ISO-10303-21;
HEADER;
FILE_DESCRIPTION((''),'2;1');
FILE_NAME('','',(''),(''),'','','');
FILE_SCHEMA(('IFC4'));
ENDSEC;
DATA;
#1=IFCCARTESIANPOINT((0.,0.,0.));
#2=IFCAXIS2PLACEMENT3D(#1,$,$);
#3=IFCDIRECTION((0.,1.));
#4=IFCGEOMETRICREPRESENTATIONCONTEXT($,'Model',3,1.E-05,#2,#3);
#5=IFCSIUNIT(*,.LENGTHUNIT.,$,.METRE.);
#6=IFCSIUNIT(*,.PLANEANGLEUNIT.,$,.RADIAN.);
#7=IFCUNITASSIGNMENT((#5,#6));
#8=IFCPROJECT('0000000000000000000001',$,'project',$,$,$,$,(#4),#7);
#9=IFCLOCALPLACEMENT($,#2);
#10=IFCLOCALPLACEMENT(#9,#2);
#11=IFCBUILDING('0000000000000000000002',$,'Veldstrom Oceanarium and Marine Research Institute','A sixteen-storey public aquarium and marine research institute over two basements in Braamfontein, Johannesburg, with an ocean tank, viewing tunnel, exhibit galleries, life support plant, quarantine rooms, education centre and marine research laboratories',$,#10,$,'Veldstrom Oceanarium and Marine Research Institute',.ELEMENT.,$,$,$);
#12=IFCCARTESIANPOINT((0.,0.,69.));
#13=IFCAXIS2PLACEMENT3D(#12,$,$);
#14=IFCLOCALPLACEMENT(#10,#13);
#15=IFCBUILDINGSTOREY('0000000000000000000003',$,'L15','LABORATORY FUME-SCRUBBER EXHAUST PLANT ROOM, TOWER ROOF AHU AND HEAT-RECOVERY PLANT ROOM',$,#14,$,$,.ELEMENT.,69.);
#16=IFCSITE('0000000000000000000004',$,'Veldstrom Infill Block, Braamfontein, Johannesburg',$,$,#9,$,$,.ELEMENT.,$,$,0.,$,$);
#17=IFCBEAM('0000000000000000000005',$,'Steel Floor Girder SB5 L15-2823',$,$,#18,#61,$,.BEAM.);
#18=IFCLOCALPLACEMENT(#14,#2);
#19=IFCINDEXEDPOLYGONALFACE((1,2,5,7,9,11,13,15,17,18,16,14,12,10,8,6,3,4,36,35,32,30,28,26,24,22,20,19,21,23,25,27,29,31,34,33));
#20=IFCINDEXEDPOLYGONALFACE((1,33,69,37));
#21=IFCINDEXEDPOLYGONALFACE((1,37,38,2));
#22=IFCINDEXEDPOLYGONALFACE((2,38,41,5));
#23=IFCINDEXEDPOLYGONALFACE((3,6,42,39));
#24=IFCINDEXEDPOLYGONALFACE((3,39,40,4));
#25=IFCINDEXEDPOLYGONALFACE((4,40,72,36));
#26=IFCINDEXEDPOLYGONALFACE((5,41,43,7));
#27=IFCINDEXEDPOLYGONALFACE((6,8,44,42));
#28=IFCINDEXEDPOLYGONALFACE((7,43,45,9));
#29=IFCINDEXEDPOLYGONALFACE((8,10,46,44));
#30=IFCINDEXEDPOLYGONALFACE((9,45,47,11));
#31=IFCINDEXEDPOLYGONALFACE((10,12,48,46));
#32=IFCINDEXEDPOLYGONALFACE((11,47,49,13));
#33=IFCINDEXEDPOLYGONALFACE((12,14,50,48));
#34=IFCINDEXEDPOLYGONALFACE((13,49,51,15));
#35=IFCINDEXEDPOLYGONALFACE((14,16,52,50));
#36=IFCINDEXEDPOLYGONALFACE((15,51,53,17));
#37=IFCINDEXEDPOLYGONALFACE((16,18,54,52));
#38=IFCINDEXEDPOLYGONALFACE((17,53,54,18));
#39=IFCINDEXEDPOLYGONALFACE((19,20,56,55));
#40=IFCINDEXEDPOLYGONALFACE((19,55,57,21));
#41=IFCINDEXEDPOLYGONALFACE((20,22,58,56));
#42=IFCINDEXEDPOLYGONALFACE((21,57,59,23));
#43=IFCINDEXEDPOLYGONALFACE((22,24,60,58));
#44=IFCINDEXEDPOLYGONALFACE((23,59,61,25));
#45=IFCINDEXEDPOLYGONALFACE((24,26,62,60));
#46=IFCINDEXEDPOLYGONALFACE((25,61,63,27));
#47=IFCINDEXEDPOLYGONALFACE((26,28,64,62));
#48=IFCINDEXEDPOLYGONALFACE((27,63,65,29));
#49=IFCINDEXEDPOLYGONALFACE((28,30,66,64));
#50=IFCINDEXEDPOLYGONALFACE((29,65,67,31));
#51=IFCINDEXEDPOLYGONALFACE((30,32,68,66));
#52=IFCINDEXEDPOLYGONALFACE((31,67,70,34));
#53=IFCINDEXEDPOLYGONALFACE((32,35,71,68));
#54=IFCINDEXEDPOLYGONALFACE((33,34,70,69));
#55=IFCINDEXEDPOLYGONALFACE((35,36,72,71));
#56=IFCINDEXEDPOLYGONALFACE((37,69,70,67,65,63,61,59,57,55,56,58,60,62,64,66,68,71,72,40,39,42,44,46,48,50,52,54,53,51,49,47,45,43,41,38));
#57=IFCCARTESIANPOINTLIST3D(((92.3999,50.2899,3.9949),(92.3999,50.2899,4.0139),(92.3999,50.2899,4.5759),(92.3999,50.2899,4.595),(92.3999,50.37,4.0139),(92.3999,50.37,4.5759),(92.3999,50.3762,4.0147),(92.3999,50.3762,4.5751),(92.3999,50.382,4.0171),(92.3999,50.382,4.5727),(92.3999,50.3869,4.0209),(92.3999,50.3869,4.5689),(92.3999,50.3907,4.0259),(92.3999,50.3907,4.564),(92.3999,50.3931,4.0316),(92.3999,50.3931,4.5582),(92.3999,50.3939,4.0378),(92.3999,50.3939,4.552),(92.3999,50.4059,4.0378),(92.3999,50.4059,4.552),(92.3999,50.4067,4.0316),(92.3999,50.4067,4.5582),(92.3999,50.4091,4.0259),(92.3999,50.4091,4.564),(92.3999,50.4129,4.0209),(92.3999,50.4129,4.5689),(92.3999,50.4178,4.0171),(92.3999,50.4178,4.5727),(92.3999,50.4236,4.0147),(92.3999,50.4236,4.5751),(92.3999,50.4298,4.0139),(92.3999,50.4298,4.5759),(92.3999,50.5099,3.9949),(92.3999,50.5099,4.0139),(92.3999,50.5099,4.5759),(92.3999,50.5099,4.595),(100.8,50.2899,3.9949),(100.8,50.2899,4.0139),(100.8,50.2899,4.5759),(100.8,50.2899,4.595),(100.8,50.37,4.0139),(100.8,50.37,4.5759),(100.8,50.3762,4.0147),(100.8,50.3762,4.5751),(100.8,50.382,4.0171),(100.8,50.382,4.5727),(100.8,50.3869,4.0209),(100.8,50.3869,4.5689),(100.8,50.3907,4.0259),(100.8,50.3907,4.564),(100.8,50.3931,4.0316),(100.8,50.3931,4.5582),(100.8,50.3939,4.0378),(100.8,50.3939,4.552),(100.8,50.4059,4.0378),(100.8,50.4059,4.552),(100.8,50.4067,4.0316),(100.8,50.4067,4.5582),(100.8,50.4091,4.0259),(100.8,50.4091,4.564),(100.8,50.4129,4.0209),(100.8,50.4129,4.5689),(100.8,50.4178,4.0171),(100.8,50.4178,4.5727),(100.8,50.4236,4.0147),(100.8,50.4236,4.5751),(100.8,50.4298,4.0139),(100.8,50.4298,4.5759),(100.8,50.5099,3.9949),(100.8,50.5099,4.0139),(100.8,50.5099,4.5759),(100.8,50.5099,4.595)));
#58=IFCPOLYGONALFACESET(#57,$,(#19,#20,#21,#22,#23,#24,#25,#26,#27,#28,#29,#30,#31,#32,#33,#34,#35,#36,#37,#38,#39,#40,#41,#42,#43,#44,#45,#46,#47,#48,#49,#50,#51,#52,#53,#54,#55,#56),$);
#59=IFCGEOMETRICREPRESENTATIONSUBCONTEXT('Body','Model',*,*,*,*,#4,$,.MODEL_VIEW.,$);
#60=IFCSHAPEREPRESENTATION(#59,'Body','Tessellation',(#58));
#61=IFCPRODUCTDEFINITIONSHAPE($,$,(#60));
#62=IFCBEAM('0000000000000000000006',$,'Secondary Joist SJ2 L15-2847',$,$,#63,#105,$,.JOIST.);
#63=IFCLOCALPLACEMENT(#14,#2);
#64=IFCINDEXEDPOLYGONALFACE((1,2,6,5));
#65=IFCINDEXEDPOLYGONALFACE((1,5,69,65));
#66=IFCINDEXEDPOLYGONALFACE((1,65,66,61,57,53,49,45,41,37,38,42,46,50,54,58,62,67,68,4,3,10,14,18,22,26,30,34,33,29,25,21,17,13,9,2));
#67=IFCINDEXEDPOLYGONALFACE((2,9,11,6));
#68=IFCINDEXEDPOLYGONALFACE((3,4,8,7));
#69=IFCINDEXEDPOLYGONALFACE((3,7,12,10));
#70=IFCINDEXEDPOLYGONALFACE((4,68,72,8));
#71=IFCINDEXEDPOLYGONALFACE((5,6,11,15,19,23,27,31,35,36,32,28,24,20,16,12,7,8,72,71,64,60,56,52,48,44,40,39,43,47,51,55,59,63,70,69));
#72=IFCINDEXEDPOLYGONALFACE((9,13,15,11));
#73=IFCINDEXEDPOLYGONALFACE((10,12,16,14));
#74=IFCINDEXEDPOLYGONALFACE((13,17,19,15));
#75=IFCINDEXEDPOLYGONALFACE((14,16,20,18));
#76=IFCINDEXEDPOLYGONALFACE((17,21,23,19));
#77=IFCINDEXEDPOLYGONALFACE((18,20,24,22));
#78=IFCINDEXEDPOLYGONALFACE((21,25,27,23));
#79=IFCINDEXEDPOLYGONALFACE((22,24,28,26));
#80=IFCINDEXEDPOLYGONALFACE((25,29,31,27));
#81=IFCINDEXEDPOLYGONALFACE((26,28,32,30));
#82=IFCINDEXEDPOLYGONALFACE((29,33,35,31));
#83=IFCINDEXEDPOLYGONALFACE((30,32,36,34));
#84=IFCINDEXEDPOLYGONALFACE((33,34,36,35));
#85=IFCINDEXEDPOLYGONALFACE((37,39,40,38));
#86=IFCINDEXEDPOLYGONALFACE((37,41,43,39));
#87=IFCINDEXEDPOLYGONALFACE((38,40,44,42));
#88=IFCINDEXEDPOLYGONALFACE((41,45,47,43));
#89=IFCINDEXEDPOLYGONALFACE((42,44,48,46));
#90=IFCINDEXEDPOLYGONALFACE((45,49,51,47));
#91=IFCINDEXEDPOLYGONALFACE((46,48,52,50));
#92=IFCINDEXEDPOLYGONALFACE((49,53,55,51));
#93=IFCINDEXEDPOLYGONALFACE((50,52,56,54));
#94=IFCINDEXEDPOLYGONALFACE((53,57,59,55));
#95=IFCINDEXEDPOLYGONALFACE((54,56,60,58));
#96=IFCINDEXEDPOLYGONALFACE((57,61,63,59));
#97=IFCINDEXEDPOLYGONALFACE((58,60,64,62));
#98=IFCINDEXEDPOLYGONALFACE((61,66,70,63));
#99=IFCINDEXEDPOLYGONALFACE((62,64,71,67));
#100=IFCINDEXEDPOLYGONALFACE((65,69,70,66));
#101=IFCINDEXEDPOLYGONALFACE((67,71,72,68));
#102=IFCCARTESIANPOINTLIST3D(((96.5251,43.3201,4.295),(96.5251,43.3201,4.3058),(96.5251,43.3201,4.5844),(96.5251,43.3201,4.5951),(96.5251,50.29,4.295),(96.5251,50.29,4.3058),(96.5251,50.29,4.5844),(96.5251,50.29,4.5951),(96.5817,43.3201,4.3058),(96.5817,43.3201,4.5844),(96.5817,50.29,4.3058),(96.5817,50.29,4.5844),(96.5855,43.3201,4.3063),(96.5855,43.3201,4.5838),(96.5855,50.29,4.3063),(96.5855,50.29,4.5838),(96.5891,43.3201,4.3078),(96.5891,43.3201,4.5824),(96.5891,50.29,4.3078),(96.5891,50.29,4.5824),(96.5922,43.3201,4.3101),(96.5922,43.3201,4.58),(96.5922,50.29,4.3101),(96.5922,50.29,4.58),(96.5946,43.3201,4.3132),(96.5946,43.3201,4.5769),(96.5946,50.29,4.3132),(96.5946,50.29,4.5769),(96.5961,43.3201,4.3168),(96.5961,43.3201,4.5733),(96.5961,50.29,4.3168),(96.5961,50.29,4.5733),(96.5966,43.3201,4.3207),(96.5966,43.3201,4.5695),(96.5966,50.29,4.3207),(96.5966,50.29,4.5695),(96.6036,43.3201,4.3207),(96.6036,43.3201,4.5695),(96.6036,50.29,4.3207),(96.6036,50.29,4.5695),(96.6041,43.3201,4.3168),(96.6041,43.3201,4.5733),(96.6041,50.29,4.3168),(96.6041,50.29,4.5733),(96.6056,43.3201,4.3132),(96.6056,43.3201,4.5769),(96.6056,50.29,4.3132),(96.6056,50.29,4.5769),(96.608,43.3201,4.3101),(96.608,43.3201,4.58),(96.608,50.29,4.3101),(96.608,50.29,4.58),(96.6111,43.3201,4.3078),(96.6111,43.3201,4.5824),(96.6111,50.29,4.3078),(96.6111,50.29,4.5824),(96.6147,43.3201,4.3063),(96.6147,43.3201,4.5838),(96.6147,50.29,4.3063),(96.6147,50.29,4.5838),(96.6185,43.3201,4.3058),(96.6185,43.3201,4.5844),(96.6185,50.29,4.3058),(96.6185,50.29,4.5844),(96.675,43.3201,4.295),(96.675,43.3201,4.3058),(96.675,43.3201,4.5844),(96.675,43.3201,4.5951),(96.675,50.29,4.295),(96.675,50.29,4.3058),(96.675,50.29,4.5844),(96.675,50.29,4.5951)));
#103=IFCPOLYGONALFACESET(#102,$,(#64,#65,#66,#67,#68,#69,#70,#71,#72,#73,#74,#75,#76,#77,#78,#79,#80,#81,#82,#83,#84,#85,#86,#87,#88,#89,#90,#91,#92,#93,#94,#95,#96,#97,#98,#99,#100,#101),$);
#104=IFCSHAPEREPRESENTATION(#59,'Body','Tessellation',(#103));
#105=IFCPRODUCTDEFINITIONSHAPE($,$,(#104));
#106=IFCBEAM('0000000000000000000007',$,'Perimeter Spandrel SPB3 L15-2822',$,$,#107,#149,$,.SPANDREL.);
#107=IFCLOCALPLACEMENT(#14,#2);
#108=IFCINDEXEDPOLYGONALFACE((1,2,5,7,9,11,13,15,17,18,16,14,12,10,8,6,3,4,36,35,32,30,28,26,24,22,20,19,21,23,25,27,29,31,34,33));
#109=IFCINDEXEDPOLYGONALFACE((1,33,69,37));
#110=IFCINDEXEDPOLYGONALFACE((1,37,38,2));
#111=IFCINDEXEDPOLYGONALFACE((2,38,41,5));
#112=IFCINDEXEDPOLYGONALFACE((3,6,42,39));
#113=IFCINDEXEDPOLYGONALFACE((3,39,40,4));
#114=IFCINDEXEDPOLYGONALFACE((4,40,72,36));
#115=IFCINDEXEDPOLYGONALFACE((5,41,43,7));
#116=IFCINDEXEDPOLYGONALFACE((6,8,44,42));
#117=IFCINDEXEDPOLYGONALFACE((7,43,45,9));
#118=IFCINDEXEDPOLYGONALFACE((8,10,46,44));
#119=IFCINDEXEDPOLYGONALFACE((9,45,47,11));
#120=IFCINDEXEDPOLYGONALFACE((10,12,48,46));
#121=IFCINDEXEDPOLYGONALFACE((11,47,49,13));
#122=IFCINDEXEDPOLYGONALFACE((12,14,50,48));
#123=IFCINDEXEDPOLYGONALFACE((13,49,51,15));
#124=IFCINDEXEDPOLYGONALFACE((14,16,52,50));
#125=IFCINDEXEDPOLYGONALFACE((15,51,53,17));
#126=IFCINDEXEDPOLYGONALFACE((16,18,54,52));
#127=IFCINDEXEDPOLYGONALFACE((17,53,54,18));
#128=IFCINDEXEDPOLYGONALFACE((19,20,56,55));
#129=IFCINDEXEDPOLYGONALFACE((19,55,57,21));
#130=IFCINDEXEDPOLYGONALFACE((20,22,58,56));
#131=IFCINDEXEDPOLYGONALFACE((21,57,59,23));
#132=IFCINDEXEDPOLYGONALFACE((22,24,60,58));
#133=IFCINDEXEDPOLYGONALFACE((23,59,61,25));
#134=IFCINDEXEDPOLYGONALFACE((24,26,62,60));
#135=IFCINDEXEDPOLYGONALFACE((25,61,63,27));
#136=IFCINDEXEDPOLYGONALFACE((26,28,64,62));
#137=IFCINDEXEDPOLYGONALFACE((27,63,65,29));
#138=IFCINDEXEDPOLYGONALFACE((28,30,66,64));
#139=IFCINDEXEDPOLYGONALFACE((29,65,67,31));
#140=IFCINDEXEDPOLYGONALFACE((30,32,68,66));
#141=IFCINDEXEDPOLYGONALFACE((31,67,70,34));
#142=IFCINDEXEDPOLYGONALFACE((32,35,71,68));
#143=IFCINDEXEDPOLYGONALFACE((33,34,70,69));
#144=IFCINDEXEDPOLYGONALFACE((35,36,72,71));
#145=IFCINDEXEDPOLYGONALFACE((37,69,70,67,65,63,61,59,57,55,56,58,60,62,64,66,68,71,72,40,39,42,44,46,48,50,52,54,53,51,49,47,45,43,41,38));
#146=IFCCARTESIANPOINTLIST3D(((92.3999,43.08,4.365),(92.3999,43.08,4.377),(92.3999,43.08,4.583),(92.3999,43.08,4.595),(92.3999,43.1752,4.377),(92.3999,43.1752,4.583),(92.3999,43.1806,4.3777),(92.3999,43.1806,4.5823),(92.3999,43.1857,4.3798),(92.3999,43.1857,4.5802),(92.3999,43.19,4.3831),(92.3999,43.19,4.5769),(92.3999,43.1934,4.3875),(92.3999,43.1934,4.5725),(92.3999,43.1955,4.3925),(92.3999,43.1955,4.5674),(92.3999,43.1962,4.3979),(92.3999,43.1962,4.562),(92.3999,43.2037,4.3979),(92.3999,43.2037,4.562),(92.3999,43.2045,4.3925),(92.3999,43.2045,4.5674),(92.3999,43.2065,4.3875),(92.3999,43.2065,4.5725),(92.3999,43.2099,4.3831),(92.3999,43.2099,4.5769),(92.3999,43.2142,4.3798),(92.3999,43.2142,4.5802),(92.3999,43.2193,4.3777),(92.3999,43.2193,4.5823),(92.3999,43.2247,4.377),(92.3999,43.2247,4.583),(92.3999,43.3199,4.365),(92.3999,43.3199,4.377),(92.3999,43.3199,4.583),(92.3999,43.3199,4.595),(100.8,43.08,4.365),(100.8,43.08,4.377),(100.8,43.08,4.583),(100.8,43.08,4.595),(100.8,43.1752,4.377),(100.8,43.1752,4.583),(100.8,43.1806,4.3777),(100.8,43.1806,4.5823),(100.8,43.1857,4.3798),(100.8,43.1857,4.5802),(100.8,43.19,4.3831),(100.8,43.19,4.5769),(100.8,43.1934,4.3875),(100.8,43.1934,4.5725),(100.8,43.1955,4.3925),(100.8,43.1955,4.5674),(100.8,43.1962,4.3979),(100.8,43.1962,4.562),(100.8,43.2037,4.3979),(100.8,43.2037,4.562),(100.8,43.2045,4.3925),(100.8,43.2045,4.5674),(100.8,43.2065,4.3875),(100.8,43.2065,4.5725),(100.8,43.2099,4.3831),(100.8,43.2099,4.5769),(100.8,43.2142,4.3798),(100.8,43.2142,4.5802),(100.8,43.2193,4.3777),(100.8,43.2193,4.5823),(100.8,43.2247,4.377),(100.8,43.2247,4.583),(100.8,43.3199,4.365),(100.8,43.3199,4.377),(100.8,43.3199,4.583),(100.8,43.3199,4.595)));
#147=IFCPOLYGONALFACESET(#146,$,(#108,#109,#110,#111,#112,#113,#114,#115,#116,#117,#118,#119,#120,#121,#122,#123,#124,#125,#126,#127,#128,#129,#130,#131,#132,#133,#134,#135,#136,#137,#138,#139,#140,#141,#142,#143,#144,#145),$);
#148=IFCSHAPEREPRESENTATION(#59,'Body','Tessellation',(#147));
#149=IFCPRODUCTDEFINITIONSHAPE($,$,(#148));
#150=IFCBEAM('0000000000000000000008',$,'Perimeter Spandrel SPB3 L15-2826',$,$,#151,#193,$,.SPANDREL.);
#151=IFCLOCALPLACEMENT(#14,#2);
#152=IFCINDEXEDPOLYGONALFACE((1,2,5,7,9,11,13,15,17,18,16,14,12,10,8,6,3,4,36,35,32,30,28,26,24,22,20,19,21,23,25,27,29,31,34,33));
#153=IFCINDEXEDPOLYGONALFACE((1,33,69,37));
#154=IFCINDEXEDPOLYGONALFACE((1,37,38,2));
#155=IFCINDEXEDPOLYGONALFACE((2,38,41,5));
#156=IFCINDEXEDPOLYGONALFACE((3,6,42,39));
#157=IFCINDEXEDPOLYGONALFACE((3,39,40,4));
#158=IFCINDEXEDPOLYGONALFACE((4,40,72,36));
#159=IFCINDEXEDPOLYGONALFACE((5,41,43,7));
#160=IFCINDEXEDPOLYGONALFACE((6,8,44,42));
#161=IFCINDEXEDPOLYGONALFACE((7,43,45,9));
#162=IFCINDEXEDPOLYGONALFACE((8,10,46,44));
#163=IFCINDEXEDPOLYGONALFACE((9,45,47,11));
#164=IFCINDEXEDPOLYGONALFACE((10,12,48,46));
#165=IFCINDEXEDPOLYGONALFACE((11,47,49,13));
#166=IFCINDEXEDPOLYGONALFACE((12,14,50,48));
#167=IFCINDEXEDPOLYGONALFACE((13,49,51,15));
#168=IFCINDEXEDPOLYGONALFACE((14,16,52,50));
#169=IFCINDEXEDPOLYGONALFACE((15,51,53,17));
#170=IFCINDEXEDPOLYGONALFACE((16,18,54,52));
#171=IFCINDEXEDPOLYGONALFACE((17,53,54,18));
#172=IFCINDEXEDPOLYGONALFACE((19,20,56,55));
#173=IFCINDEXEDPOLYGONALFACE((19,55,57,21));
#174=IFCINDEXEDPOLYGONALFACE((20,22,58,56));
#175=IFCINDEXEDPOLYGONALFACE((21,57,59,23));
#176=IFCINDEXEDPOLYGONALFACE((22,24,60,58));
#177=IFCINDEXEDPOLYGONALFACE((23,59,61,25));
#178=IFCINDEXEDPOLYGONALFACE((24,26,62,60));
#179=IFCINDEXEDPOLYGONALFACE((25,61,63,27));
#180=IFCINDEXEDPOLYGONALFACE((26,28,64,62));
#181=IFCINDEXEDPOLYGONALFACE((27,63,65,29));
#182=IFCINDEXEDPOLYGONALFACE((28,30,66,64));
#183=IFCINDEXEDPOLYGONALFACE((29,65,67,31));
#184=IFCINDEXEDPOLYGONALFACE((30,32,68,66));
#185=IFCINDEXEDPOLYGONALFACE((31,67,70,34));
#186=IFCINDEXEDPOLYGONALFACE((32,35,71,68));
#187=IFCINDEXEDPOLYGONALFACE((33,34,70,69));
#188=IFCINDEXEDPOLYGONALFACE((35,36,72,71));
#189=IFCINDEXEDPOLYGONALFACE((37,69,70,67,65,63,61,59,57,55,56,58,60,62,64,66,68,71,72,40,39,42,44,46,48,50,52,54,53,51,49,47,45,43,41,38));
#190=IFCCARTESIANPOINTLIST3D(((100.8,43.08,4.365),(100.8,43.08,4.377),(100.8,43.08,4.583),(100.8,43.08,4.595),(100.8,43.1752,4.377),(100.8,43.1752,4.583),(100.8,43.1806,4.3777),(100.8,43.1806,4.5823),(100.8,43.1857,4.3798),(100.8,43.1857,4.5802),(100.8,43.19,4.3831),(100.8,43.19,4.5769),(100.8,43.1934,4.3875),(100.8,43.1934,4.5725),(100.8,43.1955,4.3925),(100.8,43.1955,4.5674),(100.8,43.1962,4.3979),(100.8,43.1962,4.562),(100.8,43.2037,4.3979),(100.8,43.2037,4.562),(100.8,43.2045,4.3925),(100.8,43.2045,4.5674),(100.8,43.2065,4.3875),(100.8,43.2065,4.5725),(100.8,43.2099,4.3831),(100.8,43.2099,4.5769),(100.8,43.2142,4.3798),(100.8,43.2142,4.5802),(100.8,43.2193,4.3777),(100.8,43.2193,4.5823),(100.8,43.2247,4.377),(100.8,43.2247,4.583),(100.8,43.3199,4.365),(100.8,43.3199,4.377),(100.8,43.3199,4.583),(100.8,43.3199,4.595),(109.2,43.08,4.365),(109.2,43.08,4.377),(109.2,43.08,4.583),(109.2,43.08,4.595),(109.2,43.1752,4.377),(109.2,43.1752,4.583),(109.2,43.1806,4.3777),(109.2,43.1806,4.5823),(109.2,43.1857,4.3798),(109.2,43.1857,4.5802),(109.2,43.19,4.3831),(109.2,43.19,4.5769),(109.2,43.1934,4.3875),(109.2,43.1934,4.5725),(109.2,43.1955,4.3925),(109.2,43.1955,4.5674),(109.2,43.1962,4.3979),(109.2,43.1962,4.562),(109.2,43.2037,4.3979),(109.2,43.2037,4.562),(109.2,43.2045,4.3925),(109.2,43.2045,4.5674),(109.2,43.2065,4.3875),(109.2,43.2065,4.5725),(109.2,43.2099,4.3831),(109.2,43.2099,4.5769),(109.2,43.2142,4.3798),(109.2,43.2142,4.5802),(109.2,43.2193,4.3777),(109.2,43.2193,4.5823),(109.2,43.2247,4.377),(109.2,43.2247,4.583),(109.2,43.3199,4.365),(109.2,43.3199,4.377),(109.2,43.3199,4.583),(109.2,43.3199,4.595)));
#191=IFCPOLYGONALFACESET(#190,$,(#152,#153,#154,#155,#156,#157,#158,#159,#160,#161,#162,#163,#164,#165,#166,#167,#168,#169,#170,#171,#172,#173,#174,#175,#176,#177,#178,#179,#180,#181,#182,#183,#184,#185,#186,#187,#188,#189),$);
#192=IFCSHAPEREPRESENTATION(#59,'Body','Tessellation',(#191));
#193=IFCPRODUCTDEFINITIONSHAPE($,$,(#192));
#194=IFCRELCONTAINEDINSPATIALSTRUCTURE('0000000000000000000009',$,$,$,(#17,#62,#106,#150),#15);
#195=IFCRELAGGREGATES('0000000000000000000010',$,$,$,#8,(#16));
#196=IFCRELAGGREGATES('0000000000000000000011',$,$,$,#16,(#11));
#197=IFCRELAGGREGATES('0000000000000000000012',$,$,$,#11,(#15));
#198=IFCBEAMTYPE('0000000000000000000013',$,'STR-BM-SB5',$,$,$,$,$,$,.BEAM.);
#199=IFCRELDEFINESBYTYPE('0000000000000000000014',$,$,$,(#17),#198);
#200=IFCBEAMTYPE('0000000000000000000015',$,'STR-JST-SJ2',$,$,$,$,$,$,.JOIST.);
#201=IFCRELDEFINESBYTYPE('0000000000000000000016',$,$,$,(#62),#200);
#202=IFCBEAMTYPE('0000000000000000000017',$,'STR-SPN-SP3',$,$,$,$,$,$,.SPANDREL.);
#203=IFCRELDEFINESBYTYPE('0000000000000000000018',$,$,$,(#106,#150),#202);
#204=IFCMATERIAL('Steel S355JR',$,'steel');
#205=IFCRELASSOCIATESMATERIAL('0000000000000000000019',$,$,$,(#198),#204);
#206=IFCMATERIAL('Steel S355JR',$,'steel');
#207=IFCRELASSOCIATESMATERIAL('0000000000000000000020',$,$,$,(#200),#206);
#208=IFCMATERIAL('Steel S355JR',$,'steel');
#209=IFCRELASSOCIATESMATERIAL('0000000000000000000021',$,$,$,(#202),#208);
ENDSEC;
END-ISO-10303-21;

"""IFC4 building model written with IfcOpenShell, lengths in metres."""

from ifc_helpers import new_model, si_unit, direction, frame, origin, origin_2d, place, context, subcontext, project, spatial, i_section, extrude, material, material_profile, profile_set, type_object, element, save


model = new_model("IFC4")

# Units and contexts
model_context = context("Model", 3, precision=1e-05, world=origin(), true_north=direction((0.0, 1.0)))
body_context = subcontext(model_context, "Body", "Model", "MODEL_VIEW")
ifc_project = project(units=[si_unit("LENGTHUNIT", "METRE"), si_unit("PLANEANGLEUNIT", "RADIAN")], contexts=[model_context])

# Site, building, storey
site_placement = place(None, origin())
site = spatial("IfcSite", under=ifc_project, at=site_placement, Name="Veldstrom Infill Block, Braamfontein, Johannesburg", CompositionType="ELEMENT", RefElevation=0.0)
building_placement = place(site_placement, origin())
building = spatial("IfcBuilding", under=site, at=building_placement, Name="Veldstrom Oceanarium and Marine Research Institute", Description="A sixteen-storey public aquarium and marine research institute over two basements in Braamfontein, Johannesburg, with an ocean tank, viewing tunnel, exhibit galleries, life support plant, quarantine rooms, education centre and marine research laboratories", LongName="Veldstrom Oceanarium and Marine Research Institute", CompositionType="ELEMENT")
storey_placement = place(building_placement, frame((0.0, 0.0, 69.0)))
storey = spatial("IfcBuildingStorey", under=building, at=storey_placement, Name="L15", Description="LABORATORY FUME-SCRUBBER EXHAUST PLANT ROOM, TOWER ROOF AHU AND HEAT-RECOVERY PLANT ROOM", CompositionType="ELEMENT", Elevation=69.0)

# Beams
ifc_material_1 = material(Name="Steel S355JR", Category="steel")
ifc_material_profile_1 = material_profile(ifc_material_1, i_section(OverallWidth=0.22, OverallDepth=0.6001, WebThickness=0.012, FlangeThickness=0.019, FilletRadius=0.0239, at=origin_2d()), Name="IPE 600")
ifc_profile_set_1 = profile_set([ifc_material_profile_1], Name="Steel S355JR")
beam_type_1 = type_object("IfcBeamType", Name="STR-BM-SB5", PredefinedType="BEAM", material=ifc_profile_set_1)
beam_1_placement = place(storey_placement, frame((92.3999, 50.3999, 4.2949), z_axis=(1.0, 0.0, 0.0), x_axis=(0.0, 1.0, 0.0)))
element("IfcBeam", 1, at=beam_1_placement, inside=storey, type_object=beam_type_1, Name="Steel Floor Girder SB5 L15-2823", PredefinedType="BEAM", context=body_context, shape_type="SweptSolid", body=[
    extrude(i_section(OverallWidth=0.22, OverallDepth=0.6001, WebThickness=0.012, FlangeThickness=0.019, FilletRadius=0.0239, at=origin_2d()), origin(), (0.0, 0.0, 1.0), 8.4001),
])
ifc_material_2 = material(Name="Steel S355JR", Category="steel")
ifc_material_profile_2 = material_profile(ifc_material_2, i_section(OverallWidth=0.1499, OverallDepth=0.3, WebThickness=0.0071, FlangeThickness=0.0107, FilletRadius=0.0149, at=origin_2d()), Name="IPE 300")
ifc_profile_set_2 = profile_set([ifc_material_profile_2], Name="Steel S355JR")
beam_type_2 = type_object("IfcBeamType", Name="STR-JST-SJ2", PredefinedType="JOIST", material=ifc_profile_set_2)
beam_2_placement = place(storey_placement, frame((96.6001, 43.3201, 4.4451), z_axis=(0.0, 1.0, 0.0), x_axis=(-1.0, 0.0, 0.0)))
element("IfcBeam", 2, at=beam_2_placement, inside=storey, type_object=beam_type_2, Name="Secondary Joist SJ2 L15-2847", PredefinedType="JOIST", context=body_context, shape_type="SweptSolid", body=[
    extrude(i_section(OverallWidth=0.1499, OverallDepth=0.3, WebThickness=0.0071, FlangeThickness=0.0107, FilletRadius=0.0149, at=origin_2d()), origin(), (0.0, 0.0, 1.0), 6.97),
])
ifc_material_3 = material(Name="Steel S355JR", Category="steel")
ifc_material_profile_3 = material_profile(ifc_material_3, i_section(OverallWidth=0.24, OverallDepth=0.23, WebThickness=0.0076, FlangeThickness=0.012, FilletRadius=0.021, at=origin_2d()), Name="HEA 240")
ifc_profile_set_3 = profile_set([ifc_material_profile_3], Name="Steel S355JR")
beam_type_3 = type_object("IfcBeamType", Name="STR-SPN-SP3", PredefinedType="SPANDREL", material=ifc_profile_set_3)
beam_3_placement = place(storey_placement, frame((92.3999, 43.2, 4.48), z_axis=(1.0, 0.0, 0.0), x_axis=(0.0, 1.0, 0.0)))
element("IfcBeam", 3, at=beam_3_placement, inside=storey, type_object=beam_type_3, Name="Perimeter Spandrel SPB3 L15-2822", PredefinedType="SPANDREL", context=body_context, shape_type="SweptSolid", body=[
    extrude(i_section(OverallWidth=0.24, OverallDepth=0.23, WebThickness=0.0076, FlangeThickness=0.012, FilletRadius=0.021, at=origin_2d()), origin(), (0.0, 0.0, 1.0), 8.4001),
])
beam_4_placement = place(storey_placement, frame((100.8, 43.2, 4.48), z_axis=(1.0, 0.0, 0.0), x_axis=(0.0, 1.0, 0.0)))
element("IfcBeam", 4, at=beam_4_placement, inside=storey, type_object=beam_type_3, Name="Perimeter Spandrel SPB3 L15-2826", PredefinedType="SPANDREL", context=body_context, shape_type="SweptSolid", body=[
    extrude(i_section(OverallWidth=0.24, OverallDepth=0.23, WebThickness=0.0076, FlangeThickness=0.012, FilletRadius=0.021, at=origin_2d()), origin(), (0.0, 0.0, 1.0), 8.3999),
])

save(model, "model.ifc")
